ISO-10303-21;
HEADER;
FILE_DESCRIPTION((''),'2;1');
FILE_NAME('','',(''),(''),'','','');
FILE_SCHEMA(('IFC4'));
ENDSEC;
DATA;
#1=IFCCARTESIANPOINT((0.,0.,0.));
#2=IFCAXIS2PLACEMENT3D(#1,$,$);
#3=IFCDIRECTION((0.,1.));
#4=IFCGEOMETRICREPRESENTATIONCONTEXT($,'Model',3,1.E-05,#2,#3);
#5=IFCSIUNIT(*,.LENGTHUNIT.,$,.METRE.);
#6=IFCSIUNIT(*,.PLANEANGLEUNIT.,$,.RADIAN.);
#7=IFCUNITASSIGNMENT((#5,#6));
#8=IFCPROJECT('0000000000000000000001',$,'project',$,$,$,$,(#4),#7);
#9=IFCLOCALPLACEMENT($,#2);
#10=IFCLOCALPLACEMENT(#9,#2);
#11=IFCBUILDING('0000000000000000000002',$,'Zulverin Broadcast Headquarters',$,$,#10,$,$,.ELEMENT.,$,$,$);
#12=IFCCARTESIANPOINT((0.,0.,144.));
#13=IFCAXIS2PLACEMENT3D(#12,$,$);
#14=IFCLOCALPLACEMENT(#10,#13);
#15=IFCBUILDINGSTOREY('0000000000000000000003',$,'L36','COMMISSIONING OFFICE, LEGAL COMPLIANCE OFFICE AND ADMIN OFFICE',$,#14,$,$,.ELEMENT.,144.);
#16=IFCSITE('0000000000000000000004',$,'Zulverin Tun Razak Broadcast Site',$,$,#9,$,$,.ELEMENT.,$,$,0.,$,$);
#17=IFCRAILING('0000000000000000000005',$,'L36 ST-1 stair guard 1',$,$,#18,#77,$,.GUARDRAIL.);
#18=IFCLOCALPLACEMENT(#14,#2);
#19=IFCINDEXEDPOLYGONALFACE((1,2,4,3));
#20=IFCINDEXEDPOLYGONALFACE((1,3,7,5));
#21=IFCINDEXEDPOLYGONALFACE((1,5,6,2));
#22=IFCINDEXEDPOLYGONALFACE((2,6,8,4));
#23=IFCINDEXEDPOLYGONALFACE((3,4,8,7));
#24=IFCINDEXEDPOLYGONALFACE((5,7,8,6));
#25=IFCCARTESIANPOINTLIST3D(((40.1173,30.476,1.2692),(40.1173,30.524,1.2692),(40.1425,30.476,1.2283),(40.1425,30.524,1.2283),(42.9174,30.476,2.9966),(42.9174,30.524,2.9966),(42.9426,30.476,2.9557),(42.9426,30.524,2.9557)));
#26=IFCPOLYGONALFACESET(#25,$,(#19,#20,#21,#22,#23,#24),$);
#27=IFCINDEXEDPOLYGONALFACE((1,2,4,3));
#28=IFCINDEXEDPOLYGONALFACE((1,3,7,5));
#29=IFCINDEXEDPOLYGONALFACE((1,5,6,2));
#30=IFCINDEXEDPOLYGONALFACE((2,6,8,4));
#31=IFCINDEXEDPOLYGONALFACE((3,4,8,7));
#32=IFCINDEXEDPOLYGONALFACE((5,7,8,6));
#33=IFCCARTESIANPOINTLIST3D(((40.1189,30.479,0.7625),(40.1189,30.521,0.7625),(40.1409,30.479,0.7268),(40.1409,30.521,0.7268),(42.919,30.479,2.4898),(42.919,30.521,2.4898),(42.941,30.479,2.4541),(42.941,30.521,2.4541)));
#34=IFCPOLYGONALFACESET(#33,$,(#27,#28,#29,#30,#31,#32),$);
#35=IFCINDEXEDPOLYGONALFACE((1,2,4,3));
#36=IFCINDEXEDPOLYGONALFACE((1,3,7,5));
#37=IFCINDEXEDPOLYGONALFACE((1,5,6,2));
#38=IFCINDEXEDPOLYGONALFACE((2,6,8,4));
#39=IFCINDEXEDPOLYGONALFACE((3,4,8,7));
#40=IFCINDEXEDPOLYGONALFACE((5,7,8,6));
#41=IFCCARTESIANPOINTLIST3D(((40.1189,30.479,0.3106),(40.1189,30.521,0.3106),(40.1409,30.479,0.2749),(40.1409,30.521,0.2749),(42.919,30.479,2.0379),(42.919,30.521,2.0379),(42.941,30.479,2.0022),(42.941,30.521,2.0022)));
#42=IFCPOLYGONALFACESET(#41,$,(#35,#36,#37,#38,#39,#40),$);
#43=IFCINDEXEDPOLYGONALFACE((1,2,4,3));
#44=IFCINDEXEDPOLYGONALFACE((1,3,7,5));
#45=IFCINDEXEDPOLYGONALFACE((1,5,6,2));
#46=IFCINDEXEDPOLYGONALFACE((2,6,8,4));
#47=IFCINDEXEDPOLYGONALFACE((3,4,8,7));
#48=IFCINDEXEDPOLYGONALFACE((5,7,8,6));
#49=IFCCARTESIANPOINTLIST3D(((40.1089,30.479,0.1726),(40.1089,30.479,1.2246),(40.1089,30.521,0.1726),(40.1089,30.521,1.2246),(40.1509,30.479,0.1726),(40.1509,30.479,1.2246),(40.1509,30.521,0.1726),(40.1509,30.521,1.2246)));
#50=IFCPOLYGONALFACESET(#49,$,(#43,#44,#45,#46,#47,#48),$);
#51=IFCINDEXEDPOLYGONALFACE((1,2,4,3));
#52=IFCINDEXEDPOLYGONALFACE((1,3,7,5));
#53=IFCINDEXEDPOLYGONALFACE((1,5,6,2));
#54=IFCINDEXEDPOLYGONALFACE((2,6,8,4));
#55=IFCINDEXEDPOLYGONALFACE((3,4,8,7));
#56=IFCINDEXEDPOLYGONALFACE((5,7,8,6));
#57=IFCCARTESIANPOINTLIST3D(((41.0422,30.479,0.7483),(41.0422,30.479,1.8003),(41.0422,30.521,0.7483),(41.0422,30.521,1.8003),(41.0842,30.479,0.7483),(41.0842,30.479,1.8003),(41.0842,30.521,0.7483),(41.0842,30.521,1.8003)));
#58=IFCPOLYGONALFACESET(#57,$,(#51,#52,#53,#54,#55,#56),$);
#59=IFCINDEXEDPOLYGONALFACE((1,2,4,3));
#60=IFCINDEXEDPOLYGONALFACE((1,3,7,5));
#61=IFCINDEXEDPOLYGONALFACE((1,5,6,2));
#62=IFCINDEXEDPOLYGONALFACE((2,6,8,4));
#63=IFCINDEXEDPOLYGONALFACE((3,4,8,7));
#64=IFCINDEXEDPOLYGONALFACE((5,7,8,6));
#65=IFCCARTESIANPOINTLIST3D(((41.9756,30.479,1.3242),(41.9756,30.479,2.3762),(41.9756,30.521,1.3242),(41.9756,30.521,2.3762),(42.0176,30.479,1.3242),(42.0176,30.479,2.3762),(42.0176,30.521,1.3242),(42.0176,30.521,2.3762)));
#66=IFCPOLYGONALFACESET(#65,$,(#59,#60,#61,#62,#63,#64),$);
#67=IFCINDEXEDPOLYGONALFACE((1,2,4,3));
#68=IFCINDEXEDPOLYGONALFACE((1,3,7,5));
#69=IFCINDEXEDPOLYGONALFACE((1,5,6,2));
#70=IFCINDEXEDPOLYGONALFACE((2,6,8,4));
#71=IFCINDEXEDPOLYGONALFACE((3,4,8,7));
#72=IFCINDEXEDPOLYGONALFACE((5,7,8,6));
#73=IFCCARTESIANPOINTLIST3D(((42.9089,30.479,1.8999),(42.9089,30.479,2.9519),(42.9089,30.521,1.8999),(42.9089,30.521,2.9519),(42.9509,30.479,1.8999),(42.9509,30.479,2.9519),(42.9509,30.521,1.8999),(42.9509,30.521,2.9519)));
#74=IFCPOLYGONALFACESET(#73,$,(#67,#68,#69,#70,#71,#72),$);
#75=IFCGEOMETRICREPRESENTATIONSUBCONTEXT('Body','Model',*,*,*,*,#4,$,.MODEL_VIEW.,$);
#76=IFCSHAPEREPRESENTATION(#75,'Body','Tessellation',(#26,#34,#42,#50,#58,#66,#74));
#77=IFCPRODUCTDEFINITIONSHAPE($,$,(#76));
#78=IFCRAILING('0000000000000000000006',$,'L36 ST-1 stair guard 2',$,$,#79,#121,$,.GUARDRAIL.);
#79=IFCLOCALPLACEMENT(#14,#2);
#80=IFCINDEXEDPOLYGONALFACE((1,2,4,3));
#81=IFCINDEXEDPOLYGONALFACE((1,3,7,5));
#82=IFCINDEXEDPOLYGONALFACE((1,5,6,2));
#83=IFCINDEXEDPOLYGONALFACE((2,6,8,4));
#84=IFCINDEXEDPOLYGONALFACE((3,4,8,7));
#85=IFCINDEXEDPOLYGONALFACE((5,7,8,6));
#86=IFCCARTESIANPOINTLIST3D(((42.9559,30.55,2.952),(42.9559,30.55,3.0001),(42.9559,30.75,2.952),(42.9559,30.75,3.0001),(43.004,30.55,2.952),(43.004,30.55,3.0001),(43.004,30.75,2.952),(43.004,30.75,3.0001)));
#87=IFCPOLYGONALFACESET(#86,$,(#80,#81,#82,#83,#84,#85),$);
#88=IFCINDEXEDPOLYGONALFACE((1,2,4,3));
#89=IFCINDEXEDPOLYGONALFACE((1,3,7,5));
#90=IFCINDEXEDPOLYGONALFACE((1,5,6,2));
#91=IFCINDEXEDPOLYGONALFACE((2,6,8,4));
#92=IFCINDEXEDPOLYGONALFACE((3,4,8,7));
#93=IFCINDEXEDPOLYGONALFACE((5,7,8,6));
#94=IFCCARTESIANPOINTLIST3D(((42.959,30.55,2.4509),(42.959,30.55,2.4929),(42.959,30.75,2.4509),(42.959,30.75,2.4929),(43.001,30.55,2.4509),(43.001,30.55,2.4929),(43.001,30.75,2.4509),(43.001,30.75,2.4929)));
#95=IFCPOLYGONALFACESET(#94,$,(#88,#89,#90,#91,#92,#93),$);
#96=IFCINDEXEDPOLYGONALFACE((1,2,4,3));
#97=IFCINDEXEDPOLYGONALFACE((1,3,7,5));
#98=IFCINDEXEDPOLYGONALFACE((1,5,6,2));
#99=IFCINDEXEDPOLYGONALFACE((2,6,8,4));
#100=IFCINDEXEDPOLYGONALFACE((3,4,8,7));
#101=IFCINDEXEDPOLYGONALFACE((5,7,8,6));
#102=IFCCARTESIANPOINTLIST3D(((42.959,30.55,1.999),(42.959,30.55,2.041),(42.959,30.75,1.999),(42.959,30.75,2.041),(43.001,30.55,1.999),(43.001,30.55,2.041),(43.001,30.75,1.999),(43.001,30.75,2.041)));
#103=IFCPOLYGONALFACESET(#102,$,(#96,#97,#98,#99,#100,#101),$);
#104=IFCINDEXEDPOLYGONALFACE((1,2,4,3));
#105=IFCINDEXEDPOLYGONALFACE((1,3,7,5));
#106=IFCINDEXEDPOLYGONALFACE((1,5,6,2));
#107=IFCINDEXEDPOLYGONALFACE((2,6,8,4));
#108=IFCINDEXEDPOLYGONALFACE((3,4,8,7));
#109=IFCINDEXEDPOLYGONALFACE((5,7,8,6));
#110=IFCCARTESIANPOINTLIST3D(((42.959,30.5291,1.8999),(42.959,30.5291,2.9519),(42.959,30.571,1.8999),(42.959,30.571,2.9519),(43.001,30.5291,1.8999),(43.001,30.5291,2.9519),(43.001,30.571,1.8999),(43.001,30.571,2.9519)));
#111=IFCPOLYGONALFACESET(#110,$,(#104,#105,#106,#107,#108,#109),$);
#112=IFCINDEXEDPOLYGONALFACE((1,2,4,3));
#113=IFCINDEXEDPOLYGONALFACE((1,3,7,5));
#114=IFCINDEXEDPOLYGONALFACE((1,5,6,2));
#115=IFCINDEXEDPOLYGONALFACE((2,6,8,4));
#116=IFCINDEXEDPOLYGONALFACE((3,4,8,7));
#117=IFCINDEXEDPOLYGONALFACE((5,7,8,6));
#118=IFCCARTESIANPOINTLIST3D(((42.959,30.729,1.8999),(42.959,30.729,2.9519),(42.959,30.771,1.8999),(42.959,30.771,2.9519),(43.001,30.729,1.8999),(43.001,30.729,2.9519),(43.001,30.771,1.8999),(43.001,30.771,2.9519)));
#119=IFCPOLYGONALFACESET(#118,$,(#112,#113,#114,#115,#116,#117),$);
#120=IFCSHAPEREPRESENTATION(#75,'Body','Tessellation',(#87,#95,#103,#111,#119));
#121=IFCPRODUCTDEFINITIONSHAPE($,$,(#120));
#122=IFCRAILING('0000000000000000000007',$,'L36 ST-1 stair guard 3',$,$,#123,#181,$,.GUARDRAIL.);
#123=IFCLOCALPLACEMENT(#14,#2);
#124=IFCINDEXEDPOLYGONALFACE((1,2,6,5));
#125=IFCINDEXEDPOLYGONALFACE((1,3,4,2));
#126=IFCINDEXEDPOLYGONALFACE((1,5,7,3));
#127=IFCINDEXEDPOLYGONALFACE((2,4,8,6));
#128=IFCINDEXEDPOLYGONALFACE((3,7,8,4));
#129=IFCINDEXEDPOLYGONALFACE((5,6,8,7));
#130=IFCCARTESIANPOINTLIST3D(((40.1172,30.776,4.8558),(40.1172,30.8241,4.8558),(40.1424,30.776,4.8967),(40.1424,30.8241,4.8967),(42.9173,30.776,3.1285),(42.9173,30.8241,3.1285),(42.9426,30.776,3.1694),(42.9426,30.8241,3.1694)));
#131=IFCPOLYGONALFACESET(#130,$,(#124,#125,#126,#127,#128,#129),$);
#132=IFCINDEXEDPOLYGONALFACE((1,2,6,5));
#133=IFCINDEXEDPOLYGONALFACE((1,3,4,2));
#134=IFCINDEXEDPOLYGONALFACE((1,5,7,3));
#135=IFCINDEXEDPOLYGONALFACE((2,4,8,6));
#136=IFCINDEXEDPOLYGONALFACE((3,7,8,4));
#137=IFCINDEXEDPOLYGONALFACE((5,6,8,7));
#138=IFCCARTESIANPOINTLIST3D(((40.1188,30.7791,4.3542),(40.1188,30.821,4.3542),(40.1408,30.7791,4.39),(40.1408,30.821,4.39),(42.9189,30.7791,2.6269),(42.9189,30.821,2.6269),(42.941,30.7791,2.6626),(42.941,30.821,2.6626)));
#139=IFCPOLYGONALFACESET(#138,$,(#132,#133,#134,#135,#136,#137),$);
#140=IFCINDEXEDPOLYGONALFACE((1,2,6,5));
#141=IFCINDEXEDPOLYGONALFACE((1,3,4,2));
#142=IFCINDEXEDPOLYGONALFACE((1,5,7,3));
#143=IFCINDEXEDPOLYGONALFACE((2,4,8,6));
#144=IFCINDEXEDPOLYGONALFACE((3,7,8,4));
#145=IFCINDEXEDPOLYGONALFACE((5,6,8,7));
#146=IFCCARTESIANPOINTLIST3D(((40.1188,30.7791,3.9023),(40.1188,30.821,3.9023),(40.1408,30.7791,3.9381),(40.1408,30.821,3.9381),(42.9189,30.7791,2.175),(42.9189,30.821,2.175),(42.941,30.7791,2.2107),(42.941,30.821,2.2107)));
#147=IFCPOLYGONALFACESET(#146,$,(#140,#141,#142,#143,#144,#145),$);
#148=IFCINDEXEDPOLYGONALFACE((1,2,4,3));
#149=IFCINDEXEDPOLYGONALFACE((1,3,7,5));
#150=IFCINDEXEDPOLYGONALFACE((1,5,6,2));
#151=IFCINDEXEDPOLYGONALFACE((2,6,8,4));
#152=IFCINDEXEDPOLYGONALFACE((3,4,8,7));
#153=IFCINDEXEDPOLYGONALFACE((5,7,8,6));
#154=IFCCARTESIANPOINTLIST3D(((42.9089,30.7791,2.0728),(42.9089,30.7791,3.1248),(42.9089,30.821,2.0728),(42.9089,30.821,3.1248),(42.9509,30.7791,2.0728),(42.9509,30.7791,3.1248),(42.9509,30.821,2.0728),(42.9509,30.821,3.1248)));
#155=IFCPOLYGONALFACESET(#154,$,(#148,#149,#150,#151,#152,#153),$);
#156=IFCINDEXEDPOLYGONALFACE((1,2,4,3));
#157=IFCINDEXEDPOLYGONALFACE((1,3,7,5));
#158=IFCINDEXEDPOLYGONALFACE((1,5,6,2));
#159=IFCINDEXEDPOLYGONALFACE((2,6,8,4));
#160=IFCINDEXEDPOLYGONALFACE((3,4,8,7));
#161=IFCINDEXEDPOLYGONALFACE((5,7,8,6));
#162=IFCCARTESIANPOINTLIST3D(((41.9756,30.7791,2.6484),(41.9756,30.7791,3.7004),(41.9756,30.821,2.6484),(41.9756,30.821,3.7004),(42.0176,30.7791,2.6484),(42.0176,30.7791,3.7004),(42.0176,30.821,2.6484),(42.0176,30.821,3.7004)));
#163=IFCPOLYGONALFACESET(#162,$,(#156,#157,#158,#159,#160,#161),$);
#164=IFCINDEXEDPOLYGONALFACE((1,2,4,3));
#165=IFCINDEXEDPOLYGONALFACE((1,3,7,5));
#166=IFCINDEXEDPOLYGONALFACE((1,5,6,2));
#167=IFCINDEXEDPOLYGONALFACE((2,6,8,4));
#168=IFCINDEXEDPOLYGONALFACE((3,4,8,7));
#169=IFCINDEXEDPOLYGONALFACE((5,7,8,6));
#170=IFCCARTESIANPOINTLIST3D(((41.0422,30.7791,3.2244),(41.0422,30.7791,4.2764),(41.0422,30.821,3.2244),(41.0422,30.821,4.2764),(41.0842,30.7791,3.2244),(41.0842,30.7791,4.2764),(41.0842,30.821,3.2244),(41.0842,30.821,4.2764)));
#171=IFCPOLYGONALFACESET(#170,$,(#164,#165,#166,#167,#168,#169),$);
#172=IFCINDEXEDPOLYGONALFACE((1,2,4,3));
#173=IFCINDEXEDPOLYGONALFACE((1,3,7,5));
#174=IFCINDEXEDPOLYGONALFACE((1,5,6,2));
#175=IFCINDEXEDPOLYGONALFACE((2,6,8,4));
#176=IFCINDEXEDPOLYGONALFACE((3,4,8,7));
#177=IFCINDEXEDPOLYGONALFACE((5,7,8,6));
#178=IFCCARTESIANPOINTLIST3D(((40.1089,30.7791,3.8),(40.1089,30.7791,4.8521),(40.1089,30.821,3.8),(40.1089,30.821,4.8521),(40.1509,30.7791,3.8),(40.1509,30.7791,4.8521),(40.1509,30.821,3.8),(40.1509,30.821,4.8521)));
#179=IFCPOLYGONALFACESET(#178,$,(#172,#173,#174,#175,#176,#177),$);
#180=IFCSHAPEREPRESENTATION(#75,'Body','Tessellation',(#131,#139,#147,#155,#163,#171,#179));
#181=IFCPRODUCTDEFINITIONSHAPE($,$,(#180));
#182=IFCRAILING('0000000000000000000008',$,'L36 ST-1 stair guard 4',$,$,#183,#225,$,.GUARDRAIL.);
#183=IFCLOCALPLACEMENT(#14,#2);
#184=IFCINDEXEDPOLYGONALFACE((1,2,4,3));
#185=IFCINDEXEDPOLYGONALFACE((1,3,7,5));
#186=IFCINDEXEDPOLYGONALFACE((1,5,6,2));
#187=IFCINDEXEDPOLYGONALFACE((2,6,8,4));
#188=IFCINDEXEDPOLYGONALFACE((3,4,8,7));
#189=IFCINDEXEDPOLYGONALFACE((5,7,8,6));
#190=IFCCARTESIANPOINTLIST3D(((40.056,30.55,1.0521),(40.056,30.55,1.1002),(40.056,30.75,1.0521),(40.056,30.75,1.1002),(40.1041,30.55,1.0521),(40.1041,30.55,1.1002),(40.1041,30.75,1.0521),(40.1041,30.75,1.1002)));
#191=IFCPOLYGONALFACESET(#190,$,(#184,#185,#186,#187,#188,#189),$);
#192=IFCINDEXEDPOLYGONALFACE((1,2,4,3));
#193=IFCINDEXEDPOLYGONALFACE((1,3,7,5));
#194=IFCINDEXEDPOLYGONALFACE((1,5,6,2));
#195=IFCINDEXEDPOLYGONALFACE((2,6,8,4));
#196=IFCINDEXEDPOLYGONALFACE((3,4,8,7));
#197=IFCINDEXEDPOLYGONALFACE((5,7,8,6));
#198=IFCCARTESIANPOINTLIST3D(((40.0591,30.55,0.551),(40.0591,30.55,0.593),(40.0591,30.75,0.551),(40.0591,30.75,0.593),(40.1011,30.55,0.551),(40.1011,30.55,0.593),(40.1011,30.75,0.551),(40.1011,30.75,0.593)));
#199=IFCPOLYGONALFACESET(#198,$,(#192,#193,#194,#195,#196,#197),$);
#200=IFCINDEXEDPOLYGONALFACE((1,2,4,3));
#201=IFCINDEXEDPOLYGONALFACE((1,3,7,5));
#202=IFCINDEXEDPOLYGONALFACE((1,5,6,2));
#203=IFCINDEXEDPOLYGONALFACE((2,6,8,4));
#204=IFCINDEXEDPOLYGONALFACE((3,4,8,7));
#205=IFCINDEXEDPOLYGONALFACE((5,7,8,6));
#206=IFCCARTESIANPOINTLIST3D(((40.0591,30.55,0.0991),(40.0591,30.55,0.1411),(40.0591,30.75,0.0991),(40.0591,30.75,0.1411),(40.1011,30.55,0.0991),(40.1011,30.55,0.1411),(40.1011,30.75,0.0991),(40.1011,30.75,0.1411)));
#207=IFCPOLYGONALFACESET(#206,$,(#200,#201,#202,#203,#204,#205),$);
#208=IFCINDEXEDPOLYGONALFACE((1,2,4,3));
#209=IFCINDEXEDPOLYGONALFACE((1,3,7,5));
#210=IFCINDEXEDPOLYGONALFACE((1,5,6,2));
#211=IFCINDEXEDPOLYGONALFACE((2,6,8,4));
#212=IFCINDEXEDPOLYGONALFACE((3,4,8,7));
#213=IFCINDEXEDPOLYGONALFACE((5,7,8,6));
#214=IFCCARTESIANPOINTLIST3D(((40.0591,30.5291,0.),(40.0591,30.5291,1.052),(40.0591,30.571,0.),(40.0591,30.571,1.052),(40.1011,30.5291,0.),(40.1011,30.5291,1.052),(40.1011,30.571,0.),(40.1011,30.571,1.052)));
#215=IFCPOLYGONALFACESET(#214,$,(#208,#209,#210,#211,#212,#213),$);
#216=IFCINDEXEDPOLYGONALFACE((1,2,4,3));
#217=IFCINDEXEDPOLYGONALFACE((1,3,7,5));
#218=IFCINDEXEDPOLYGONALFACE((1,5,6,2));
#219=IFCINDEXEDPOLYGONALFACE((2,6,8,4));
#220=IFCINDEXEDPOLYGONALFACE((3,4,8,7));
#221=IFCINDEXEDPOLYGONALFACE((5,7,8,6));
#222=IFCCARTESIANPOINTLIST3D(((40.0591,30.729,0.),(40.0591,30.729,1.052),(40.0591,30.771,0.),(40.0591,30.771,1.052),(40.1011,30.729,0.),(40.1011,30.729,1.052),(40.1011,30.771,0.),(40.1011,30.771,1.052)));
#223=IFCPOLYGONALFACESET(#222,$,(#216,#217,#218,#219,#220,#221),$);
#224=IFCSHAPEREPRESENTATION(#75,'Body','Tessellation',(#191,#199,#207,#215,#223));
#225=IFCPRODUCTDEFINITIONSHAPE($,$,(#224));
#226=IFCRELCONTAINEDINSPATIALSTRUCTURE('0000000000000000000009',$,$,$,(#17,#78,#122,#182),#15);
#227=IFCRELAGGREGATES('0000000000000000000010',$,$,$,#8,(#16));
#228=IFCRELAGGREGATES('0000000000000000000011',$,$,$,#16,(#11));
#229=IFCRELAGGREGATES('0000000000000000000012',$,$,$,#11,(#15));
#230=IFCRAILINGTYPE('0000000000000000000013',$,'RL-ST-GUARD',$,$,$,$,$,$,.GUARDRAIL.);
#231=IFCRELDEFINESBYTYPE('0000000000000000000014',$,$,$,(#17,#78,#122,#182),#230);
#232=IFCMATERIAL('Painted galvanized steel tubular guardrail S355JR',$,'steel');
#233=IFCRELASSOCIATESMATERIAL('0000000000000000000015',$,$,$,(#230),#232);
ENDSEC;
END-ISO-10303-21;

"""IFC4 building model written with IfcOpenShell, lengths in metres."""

from ifc_helpers import new_model, si_unit, direction, frame, origin, origin_2d, place, context, subcontext, project, spatial, rectangle, extrude, material, type_object, element, save


model = new_model("IFC4")

# Units and contexts
model_context = context("Model", 3, precision=1e-05, world=origin(), true_north=direction((0.0, 1.0)))
body_context = subcontext(model_context, "Body", "Model", "MODEL_VIEW")
ifc_project = project(units=[si_unit("LENGTHUNIT", "METRE"), si_unit("PLANEANGLEUNIT", "RADIAN")], contexts=[model_context])

# Site, building, storey
site_placement = place(None, origin())
site = spatial("IfcSite", under=ifc_project, at=site_placement, Name="Zulverin Tun Razak Broadcast Site", CompositionType="ELEMENT", RefElevation=0.0)
building_placement = place(site_placement, origin())
building = spatial("IfcBuilding", under=site, at=building_placement, Name="Zulverin Broadcast Headquarters", CompositionType="ELEMENT")
storey_placement = place(building_placement, frame((0.0, 0.0, 144.0)))
storey = spatial("IfcBuildingStorey", under=building, at=storey_placement, Name="L36", Description="COMMISSIONING OFFICE, LEGAL COMPLIANCE OFFICE AND ADMIN OFFICE", CompositionType="ELEMENT", Elevation=144.0)

# Railings
ifc_material_1 = material(Name="Painted galvanized steel tubular guardrail S355JR", Category="steel")
railing_type_1 = type_object("IfcRailingType", Name="RL-ST-GUARD", PredefinedType="GUARDRAIL", material=ifc_material_1)
railing_1_placement = place(storey_placement, frame((40.1299, 30.5, 0.1726)))
element("IfcRailing", 1, at=railing_1_placement, inside=storey, type_object=railing_type_1, Name="L36 ST-1 stair guard 1", PredefinedType="GUARDRAIL", context=body_context, shape_type="SweptSolid", body=[
    extrude(rectangle(XDim=0.0481, YDim=0.0481, at=origin_2d()), frame((0.0, 0.0, 1.0762), z_axis=(0.85109, 0.0, 0.52502), x_axis=(0.0, 1.0, 0.0)), (0.0, 0.0, 1.0), 3.29),
    extrude(rectangle(XDim=0.042, YDim=0.042, at=origin_2d()), frame((0.0, 0.0, 0.572), z_axis=(0.85109, 0.0, 0.52502), x_axis=(0.0, 1.0, 0.0)), (0.0, 0.0, 1.0), 3.29),
    extrude(rectangle(XDim=0.042, YDim=0.042, at=origin_2d()), frame((0.0, 0.0, 0.1201), z_axis=(0.85109, 0.0, 0.52502), x_axis=(0.0, 1.0, 0.0)), (0.0, 0.0, 1.0), 3.29),
    extrude(rectangle(XDim=0.042, YDim=0.042, at=origin_2d()), origin(), (0.0, 0.0, 1.0), 1.052),
    extrude(rectangle(XDim=0.042, YDim=0.042, at=origin_2d()), frame((0.9333, 0.0, 0.5757)), (0.0, 0.0, 1.0), 1.052),
    extrude(rectangle(XDim=0.042, YDim=0.042, at=origin_2d()), frame((1.8667, 0.0, 1.1516)), (0.0, 0.0, 1.0), 1.052),
    extrude(rectangle(XDim=0.042, YDim=0.042, at=origin_2d()), frame((2.8, 0.0, 1.7273)), (0.0, 0.0, 1.0), 1.052),
])
railing_2_placement = place(storey_placement, frame((42.98, 30.55, 1.8999)))
element("IfcRailing", 2, at=railing_2_placement, inside=storey, type_object=railing_type_1, Name="L36 ST-1 stair guard 2", PredefinedType="GUARDRAIL", context=body_context, shape_type="SweptSolid", body=[
    extrude(rectangle(XDim=0.0481, YDim=0.0481, at=origin_2d()), frame((0.0, 0.0, 1.0762), z_axis=(0.0, 1.0, 0.0), x_axis=(-1.0, 0.0, 0.0)), (0.0, 0.0, 1.0), 0.2),
    extrude(rectangle(XDim=0.042, YDim=0.042, at=origin_2d()), frame((0.0, 0.0, 0.572), z_axis=(0.0, 1.0, 0.0), x_axis=(-1.0, 0.0, 0.0)), (0.0, 0.0, 1.0), 0.2),
    extrude(rectangle(XDim=0.042, YDim=0.042, at=origin_2d()), frame((0.0, 0.0, 0.1201), z_axis=(0.0, 1.0, 0.0), x_axis=(-1.0, 0.0, 0.0)), (0.0, 0.0, 1.0), 0.2),
    extrude(rectangle(XDim=0.042, YDim=0.042, at=origin_2d()), origin(), (0.0, 0.0, 1.0), 1.052),
    extrude(rectangle(XDim=0.042, YDim=0.042, at=origin_2d()), frame((0.0, 0.2, 0.0)), (0.0, 0.0, 1.0), 1.052),
])
railing_3_placement = place(storey_placement, frame((42.9299, 30.8, 2.0728)))
element("IfcRailing", 3, at=railing_3_placement, inside=storey, type_object=railing_type_1, Name="L36 ST-1 stair guard 3", PredefinedType="GUARDRAIL", context=body_context, shape_type="SweptSolid", body=[
    extrude(rectangle(XDim=0.0481, YDim=0.0481, at=origin_2d()), frame((0.0, 0.0, 1.0762), z_axis=(-0.85109, 0.0, 0.52502), x_axis=(0.0, -1.0, 0.0)), (0.0, 0.0, 1.0), 3.29),
    extrude(rectangle(XDim=0.042, YDim=0.042, at=origin_2d()), frame((0.0, 0.0, 0.572), z_axis=(-0.85109, 0.0, 0.52502), x_axis=(0.0, -1.0, 0.0)), (0.0, 0.0, 1.0), 3.29),
    extrude(rectangle(XDim=0.042, YDim=0.042, at=origin_2d()), frame((0.0, 0.0, 0.1201), z_axis=(-0.85109, 0.0, 0.52502), x_axis=(0.0, -1.0, 0.0)), (0.0, 0.0, 1.0), 3.29),
    extrude(rectangle(XDim=0.042, YDim=0.042, at=origin_2d()), origin(), (0.0, 0.0, 1.0), 1.052),
    extrude(rectangle(XDim=0.042, YDim=0.042, at=origin_2d()), frame((-0.9333, 0.0, 0.5757)), (0.0, 0.0, 1.0), 1.052),
    extrude(rectangle(XDim=0.042, YDim=0.042, at=origin_2d()), frame((-1.8667, 0.0, 1.1516)), (0.0, 0.0, 1.0), 1.052),
    extrude(rectangle(XDim=0.042, YDim=0.042, at=origin_2d()), frame((-2.8, 0.0, 1.7273)), (0.0, 0.0, 1.0), 1.052),
])
railing_4_placement = place(storey_placement, frame((40.0801, 30.55, 0.0)))
element("IfcRailing", 4, at=railing_4_placement, inside=storey, type_object=railing_type_1, Name="L36 ST-1 stair guard 4", PredefinedType="GUARDRAIL", context=body_context, shape_type="SweptSolid", body=[
    extrude(rectangle(XDim=0.0481, YDim=0.0481, at=origin_2d()), frame((0.0, 0.0, 1.0762), z_axis=(0.0, 1.0, 0.0), x_axis=(-1.0, 0.0, 0.0)), (0.0, 0.0, 1.0), 0.2),
    extrude(rectangle(XDim=0.042, YDim=0.042, at=origin_2d()), frame((0.0, 0.0, 0.572), z_axis=(0.0, 1.0, 0.0), x_axis=(-1.0, 0.0, 0.0)), (0.0, 0.0, 1.0), 0.2),
    extrude(rectangle(XDim=0.042, YDim=0.042, at=origin_2d()), frame((0.0, 0.0, 0.1201), z_axis=(0.0, 1.0, 0.0), x_axis=(-1.0, 0.0, 0.0)), (0.0, 0.0, 1.0), 0.2),
    extrude(rectangle(XDim=0.042, YDim=0.042, at=origin_2d()), origin(), (0.0, 0.0, 1.0), 1.052),
    extrude(rectangle(XDim=0.042, YDim=0.042, at=origin_2d()), frame((0.0, 0.2, 0.0)), (0.0, 0.0, 1.0), 1.052),
])

save(model, "model.ifc")
